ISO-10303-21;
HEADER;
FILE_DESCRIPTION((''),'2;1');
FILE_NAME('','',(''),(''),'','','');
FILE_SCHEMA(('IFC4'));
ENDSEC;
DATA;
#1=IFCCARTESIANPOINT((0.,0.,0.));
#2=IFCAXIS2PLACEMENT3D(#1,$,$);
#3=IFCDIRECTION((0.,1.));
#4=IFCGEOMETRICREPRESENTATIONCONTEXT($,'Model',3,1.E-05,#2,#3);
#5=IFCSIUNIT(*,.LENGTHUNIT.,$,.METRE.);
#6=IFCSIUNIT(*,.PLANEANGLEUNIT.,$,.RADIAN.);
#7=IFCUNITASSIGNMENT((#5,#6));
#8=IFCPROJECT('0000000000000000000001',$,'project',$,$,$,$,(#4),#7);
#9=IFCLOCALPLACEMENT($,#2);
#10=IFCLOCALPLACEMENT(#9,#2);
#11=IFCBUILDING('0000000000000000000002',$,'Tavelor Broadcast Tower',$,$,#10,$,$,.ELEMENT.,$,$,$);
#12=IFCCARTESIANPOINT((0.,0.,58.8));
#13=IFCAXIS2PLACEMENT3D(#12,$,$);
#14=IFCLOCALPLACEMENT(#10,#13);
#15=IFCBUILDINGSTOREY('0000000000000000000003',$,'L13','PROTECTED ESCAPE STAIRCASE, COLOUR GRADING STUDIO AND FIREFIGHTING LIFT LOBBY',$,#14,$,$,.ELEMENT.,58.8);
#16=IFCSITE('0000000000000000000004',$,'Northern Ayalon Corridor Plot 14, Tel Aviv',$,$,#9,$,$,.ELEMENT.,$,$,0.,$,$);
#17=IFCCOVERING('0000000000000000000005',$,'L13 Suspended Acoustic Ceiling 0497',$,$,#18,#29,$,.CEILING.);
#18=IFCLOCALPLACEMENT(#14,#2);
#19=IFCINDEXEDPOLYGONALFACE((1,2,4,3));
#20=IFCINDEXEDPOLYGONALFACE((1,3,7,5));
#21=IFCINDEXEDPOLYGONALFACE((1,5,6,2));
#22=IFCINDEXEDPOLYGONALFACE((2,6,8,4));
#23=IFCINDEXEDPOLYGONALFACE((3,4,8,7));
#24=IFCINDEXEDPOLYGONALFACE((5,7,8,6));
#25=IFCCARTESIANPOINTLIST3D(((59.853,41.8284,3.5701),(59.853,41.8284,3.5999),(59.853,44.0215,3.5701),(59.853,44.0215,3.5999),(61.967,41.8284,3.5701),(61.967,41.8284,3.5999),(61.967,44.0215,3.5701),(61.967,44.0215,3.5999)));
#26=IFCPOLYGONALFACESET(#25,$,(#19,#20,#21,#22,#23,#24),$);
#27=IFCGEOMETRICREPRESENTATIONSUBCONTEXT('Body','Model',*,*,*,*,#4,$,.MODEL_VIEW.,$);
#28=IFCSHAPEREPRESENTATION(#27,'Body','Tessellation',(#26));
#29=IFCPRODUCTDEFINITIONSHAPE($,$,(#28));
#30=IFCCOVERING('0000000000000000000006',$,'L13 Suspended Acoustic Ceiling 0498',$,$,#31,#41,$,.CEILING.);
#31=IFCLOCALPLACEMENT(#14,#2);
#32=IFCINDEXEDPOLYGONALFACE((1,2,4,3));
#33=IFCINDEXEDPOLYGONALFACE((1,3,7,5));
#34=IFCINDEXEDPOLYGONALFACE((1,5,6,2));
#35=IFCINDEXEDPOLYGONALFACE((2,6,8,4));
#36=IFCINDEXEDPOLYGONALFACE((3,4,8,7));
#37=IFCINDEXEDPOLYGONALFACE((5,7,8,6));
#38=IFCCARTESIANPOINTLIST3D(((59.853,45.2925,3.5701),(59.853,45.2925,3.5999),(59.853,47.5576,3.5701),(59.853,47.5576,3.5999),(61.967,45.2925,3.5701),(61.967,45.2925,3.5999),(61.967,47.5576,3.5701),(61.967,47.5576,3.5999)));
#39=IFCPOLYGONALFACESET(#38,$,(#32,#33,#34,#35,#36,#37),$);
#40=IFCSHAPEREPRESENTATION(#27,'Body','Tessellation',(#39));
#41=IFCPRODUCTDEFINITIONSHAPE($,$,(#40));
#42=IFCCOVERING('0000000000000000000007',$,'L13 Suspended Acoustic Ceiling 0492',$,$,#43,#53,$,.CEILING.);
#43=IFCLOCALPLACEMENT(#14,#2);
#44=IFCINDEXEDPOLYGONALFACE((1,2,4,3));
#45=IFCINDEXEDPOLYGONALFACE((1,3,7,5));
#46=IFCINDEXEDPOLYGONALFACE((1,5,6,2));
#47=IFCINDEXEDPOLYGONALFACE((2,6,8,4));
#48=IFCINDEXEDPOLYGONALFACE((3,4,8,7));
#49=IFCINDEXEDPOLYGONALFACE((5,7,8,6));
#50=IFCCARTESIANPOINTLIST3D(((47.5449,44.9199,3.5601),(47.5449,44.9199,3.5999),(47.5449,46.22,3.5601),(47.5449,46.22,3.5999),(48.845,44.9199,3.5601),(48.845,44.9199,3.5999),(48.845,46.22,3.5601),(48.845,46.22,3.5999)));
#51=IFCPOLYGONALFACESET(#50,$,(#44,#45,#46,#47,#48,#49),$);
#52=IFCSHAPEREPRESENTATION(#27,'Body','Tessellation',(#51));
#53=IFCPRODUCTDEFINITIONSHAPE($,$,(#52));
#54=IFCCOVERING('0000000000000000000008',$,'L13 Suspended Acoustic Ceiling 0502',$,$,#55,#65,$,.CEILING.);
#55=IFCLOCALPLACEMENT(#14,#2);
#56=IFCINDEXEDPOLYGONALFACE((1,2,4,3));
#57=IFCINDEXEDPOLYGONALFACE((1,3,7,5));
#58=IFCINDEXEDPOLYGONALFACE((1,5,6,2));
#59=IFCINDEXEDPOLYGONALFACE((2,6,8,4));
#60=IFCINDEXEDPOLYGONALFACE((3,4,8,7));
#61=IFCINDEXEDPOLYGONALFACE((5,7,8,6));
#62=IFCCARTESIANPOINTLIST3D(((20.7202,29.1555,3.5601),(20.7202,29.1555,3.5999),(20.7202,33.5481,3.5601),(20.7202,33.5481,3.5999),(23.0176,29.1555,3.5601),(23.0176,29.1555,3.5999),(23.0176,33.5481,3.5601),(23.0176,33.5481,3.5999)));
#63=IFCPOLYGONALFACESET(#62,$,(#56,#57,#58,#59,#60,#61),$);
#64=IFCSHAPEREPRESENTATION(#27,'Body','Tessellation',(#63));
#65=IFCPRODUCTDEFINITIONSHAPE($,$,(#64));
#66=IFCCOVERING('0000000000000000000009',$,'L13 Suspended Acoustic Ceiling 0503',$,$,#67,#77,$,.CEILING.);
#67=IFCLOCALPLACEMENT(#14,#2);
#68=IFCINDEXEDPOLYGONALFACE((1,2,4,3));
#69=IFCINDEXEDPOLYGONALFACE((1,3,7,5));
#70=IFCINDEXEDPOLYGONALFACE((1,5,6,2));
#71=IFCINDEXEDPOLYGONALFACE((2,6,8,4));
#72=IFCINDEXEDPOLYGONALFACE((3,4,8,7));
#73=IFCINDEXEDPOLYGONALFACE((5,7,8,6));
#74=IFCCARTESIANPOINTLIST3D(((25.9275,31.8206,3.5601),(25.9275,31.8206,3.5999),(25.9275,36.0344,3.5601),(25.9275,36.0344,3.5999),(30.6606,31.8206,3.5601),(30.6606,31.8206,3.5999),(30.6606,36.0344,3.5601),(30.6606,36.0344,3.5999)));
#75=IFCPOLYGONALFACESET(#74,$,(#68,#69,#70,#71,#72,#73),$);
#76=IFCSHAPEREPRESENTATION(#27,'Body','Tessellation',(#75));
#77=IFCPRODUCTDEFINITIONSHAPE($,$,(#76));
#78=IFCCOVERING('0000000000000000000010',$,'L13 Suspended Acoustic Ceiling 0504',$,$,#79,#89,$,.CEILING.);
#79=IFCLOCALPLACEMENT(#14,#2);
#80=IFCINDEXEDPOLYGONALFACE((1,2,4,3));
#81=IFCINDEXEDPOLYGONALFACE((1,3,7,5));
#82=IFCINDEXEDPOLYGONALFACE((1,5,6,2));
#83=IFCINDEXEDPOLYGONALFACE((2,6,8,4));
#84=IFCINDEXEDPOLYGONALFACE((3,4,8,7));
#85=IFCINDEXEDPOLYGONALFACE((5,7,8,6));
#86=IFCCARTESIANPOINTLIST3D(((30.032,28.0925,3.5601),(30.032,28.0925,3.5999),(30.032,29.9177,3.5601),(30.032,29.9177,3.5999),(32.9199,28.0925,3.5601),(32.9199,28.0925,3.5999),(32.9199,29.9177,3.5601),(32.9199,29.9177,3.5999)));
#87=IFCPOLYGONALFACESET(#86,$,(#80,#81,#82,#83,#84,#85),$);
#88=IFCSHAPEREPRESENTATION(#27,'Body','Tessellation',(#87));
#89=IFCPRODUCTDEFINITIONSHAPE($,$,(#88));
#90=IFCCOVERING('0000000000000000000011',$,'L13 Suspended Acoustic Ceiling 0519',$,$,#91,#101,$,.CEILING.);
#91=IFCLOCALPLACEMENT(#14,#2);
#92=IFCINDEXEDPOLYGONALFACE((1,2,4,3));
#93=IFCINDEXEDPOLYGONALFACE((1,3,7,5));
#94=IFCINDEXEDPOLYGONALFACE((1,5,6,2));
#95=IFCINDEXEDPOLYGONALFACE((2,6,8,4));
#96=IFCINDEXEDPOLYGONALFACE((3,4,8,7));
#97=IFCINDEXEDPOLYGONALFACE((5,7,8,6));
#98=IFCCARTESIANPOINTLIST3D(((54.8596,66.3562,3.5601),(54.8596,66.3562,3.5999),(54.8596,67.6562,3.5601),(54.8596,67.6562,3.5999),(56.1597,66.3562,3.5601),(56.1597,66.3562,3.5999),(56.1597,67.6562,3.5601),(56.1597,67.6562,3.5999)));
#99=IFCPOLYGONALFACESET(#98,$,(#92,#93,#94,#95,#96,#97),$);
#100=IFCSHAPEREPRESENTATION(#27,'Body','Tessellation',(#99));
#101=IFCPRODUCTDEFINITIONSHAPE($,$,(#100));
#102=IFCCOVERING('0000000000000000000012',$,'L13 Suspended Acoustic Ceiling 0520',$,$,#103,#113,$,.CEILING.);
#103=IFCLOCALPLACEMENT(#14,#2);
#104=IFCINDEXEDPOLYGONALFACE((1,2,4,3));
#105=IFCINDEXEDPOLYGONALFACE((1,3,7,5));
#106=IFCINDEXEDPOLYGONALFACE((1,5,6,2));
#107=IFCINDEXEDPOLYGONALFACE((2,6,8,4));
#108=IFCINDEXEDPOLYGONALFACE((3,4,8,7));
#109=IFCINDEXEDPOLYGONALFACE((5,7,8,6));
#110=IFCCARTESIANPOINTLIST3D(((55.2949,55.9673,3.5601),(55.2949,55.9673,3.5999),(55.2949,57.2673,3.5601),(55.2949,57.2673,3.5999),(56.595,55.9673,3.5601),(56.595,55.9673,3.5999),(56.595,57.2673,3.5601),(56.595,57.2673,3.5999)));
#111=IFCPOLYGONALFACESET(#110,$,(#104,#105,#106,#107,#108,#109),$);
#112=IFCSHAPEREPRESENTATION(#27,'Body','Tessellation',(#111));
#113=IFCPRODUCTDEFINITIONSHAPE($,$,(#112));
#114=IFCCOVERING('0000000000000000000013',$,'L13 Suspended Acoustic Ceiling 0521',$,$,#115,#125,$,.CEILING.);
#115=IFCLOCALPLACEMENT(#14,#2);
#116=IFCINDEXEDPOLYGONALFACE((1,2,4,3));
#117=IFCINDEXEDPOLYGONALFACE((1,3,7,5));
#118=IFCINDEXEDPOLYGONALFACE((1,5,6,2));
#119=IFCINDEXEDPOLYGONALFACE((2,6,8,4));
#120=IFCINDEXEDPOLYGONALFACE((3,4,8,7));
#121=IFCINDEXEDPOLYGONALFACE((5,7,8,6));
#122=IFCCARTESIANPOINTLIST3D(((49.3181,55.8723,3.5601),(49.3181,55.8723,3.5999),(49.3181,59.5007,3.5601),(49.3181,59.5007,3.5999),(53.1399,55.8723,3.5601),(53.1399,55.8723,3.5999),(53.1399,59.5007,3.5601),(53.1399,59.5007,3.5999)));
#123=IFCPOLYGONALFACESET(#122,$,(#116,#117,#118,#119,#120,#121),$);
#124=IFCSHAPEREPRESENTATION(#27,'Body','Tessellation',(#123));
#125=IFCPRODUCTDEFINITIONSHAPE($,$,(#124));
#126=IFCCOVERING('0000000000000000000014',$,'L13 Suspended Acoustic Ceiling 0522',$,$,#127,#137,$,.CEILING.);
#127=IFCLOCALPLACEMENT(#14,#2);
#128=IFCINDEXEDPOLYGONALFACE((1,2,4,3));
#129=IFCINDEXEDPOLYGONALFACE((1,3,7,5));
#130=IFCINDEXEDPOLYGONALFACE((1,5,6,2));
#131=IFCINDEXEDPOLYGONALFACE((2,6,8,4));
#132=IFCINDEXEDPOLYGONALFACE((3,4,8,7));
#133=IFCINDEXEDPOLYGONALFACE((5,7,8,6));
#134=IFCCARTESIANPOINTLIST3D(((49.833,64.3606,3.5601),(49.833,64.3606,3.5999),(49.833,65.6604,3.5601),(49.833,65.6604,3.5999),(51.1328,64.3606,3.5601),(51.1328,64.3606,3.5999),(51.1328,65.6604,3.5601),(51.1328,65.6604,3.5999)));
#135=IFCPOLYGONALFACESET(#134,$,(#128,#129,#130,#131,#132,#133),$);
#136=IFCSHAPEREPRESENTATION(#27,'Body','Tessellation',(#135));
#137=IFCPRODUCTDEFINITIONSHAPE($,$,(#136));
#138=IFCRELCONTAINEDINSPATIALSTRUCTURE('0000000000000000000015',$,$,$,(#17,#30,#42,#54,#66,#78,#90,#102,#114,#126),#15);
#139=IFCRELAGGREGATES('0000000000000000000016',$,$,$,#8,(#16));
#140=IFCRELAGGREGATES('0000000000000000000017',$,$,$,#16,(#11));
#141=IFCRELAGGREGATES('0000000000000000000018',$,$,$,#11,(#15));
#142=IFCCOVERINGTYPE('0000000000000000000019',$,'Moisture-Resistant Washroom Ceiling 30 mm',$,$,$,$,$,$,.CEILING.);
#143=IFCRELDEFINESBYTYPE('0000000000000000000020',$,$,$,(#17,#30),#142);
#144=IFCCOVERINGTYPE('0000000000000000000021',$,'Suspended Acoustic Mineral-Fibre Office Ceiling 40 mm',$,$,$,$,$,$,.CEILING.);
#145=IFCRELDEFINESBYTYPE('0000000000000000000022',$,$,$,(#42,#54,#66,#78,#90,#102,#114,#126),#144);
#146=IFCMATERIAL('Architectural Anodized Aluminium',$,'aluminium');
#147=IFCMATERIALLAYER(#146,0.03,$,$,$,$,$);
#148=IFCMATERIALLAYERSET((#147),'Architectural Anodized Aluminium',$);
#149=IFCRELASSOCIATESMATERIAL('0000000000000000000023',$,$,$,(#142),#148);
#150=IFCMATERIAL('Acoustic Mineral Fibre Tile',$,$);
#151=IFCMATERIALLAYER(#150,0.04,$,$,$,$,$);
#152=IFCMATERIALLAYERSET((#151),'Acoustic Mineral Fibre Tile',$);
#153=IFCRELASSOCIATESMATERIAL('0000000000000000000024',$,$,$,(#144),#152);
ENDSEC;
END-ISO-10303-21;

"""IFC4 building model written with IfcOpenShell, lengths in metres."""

from ifc_helpers import new_model, si_unit, direction, frame, origin, place, context, subcontext, project, spatial, polyline, outline, extrude, material, layer, layer_set, type_object, element, save


model = new_model("IFC4")

# Units and contexts
model_context = context("Model", 3, precision=1e-05, world=origin(), true_north=direction((0.0, 1.0)))
body_context = subcontext(model_context, "Body", "Model", "MODEL_VIEW")
ifc_project = project(units=[si_unit("LENGTHUNIT", "METRE"), si_unit("PLANEANGLEUNIT", "RADIAN")], contexts=[model_context])

# Site, building, storey
site_placement = place(None, origin())
site = spatial("IfcSite", under=ifc_project, at=site_placement, Name="Northern Ayalon Corridor Plot 14, Tel Aviv", CompositionType="ELEMENT", RefElevation=0.0)
building_placement = place(site_placement, origin())
building = spatial("IfcBuilding", under=site, at=building_placement, Name="Tavelor Broadcast Tower", CompositionType="ELEMENT")
storey_placement = place(building_placement, frame((0.0, 0.0, 58.8)))
storey = spatial("IfcBuildingStorey", under=building, at=storey_placement, Name="L13", Description="PROTECTED ESCAPE STAIRCASE, COLOUR GRADING STUDIO AND FIREFIGHTING LIFT LOBBY", CompositionType="ELEMENT", Elevation=58.8)

# Coverings
ifc_material_1 = material(Name="Architectural Anodized Aluminium", Category="aluminium")
ifc_layer_1 = layer(ifc_material_1, 0.03)
ifc_layer_set_1 = layer_set([ifc_layer_1], Name="Architectural Anodized Aluminium")
covering_type_1 = type_object("IfcCoveringType", Name="Moisture-Resistant Washroom Ceiling 30 mm", PredefinedType="CEILING", material=ifc_layer_set_1)
covering_1_placement = place(storey_placement, frame((0.0, 0.0, 3.5701)))
element("IfcCovering", 1, at=covering_1_placement, inside=storey, type_object=covering_type_1, Name="L13 Suspended Acoustic Ceiling 0497", PredefinedType="CEILING", context=body_context, shape_type="SweptSolid", body=[
    extrude(outline(polyline([(59.853, 41.8284), (61.967, 41.8284), (61.967, 44.0215), (59.853, 44.0215), (59.853, 41.8284)])), origin(), (0.0, 0.0, 1.0), 0.0298),
])
covering_2_placement = place(storey_placement, frame((0.0, 0.0, 3.5701)))
element("IfcCovering", 2, at=covering_2_placement, inside=storey, type_object=covering_type_1, Name="L13 Suspended Acoustic Ceiling 0498", PredefinedType="CEILING", context=body_context, shape_type="SweptSolid", body=[
    extrude(outline(polyline([(59.853, 45.2925), (61.967, 45.2925), (61.967, 47.5576), (59.853, 47.5576), (59.853, 45.2925)])), origin(), (0.0, 0.0, 1.0), 0.0298),
])
ifc_material_2 = material(Name="Acoustic Mineral Fibre Tile")
ifc_layer_2 = layer(ifc_material_2, 0.04)
ifc_layer_set_2 = layer_set([ifc_layer_2], Name="Acoustic Mineral Fibre Tile")
covering_type_2 = type_object("IfcCoveringType", Name="Suspended Acoustic Mineral-Fibre Office Ceiling 40 mm", PredefinedType="CEILING", material=ifc_layer_set_2)
covering_3_placement = place(storey_placement, frame((0.0, 0.0, 3.5601)))
element("IfcCovering", 3, at=covering_3_placement, inside=storey, type_object=covering_type_2, Name="L13 Suspended Acoustic Ceiling 0492", PredefinedType="CEILING", context=body_context, shape_type="SweptSolid", body=[
    extrude(outline(polyline([(47.5449, 44.9199), (48.845, 44.9199), (48.845, 46.22), (47.5449, 46.22), (47.5449, 44.9199)])), origin(), (0.0, 0.0, 1.0), 0.0398),
])
covering_4_placement = place(storey_placement, frame((0.0, 0.0, 3.5601)))
element("IfcCovering", 4, at=covering_4_placement, inside=storey, type_object=covering_type_2, Name="L13 Suspended Acoustic Ceiling 0502", PredefinedType="CEILING", context=body_context, shape_type="SweptSolid", body=[
    extrude(outline(polyline([(20.7202, 29.1555), (23.0176, 29.1555), (23.0176, 33.5481), (20.7202, 33.5481), (20.7202, 29.1555)])), origin(), (0.0, 0.0, 1.0), 0.0398),
])
covering_5_placement = place(storey_placement, frame((0.0, 0.0, 3.5601)))
element("IfcCovering", 5, at=covering_5_placement, inside=storey, type_object=covering_type_2, Name="L13 Suspended Acoustic Ceiling 0503", PredefinedType="CEILING", context=body_context, shape_type="SweptSolid", body=[
    extrude(outline(polyline([(25.9275, 31.8206), (30.6606, 31.8206), (30.6606, 36.0344), (25.9275, 36.0344), (25.9275, 31.8206)])), origin(), (0.0, 0.0, 1.0), 0.0398),
])
covering_6_placement = place(storey_placement, frame((0.0, 0.0, 3.5601)))
element("IfcCovering", 6, at=covering_6_placement, inside=storey, type_object=covering_type_2, Name="L13 Suspended Acoustic Ceiling 0504", PredefinedType="CEILING", context=body_context, shape_type="SweptSolid", body=[
    extrude(outline(polyline([(30.032, 28.0925), (32.9199, 28.0925), (32.9199, 29.9177), (30.032, 29.9177), (30.032, 28.0925)])), origin(), (0.0, 0.0, 1.0), 0.0398),
])
covering_7_placement = place(storey_placement, frame((0.0, 0.0, 3.5601)))
element("IfcCovering", 7, at=covering_7_placement, inside=storey, type_object=covering_type_2, Name="L13 Suspended Acoustic Ceiling 0519", PredefinedType="CEILING", context=body_context, shape_type="SweptSolid", body=[
    extrude(outline(polyline([(54.8596, 66.3562), (56.1597, 66.3562), (56.1597, 67.6562), (54.8596, 67.6562), (54.8596, 66.3562)])), origin(), (0.0, 0.0, 1.0), 0.0398),
])
covering_8_placement = place(storey_placement, frame((0.0, 0.0, 3.5601)))
element("IfcCovering", 8, at=covering_8_placement, inside=storey, type_object=covering_type_2, Name="L13 Suspended Acoustic Ceiling 0520", PredefinedType="CEILING", context=body_context, shape_type="SweptSolid", body=[
    extrude(outline(polyline([(55.2949, 55.9673), (56.595, 55.9673), (56.595, 57.2673), (55.2949, 57.2673), (55.2949, 55.9673)])), origin(), (0.0, 0.0, 1.0), 0.0398),
])
covering_9_placement = place(storey_placement, frame((0.0, 0.0, 3.5601)))
element("IfcCovering", 9, at=covering_9_placement, inside=storey, type_object=covering_type_2, Name="L13 Suspended Acoustic Ceiling 0521", PredefinedType="CEILING", context=body_context, shape_type="SweptSolid", body=[
    extrude(outline(polyline([(49.3181, 55.8723), (53.1399, 55.8723), (53.1399, 59.5007), (49.3181, 59.5007), (49.3181, 55.8723)])), origin(), (0.0, 0.0, 1.0), 0.0398),
])
covering_10_placement = place(storey_placement, frame((0.0, 0.0, 3.5601)))
element("IfcCovering", 10, at=covering_10_placement, inside=storey, type_object=covering_type_2, Name="L13 Suspended Acoustic Ceiling 0522", PredefinedType="CEILING", context=body_context, shape_type="SweptSolid", body=[
    extrude(outline(polyline([(49.833, 64.3606), (51.1328, 64.3606), (51.1328, 65.6604), (49.833, 65.6604), (49.833, 64.3606)])), origin(), (0.0, 0.0, 1.0), 0.0398),
])

save(model, "model.ifc")
